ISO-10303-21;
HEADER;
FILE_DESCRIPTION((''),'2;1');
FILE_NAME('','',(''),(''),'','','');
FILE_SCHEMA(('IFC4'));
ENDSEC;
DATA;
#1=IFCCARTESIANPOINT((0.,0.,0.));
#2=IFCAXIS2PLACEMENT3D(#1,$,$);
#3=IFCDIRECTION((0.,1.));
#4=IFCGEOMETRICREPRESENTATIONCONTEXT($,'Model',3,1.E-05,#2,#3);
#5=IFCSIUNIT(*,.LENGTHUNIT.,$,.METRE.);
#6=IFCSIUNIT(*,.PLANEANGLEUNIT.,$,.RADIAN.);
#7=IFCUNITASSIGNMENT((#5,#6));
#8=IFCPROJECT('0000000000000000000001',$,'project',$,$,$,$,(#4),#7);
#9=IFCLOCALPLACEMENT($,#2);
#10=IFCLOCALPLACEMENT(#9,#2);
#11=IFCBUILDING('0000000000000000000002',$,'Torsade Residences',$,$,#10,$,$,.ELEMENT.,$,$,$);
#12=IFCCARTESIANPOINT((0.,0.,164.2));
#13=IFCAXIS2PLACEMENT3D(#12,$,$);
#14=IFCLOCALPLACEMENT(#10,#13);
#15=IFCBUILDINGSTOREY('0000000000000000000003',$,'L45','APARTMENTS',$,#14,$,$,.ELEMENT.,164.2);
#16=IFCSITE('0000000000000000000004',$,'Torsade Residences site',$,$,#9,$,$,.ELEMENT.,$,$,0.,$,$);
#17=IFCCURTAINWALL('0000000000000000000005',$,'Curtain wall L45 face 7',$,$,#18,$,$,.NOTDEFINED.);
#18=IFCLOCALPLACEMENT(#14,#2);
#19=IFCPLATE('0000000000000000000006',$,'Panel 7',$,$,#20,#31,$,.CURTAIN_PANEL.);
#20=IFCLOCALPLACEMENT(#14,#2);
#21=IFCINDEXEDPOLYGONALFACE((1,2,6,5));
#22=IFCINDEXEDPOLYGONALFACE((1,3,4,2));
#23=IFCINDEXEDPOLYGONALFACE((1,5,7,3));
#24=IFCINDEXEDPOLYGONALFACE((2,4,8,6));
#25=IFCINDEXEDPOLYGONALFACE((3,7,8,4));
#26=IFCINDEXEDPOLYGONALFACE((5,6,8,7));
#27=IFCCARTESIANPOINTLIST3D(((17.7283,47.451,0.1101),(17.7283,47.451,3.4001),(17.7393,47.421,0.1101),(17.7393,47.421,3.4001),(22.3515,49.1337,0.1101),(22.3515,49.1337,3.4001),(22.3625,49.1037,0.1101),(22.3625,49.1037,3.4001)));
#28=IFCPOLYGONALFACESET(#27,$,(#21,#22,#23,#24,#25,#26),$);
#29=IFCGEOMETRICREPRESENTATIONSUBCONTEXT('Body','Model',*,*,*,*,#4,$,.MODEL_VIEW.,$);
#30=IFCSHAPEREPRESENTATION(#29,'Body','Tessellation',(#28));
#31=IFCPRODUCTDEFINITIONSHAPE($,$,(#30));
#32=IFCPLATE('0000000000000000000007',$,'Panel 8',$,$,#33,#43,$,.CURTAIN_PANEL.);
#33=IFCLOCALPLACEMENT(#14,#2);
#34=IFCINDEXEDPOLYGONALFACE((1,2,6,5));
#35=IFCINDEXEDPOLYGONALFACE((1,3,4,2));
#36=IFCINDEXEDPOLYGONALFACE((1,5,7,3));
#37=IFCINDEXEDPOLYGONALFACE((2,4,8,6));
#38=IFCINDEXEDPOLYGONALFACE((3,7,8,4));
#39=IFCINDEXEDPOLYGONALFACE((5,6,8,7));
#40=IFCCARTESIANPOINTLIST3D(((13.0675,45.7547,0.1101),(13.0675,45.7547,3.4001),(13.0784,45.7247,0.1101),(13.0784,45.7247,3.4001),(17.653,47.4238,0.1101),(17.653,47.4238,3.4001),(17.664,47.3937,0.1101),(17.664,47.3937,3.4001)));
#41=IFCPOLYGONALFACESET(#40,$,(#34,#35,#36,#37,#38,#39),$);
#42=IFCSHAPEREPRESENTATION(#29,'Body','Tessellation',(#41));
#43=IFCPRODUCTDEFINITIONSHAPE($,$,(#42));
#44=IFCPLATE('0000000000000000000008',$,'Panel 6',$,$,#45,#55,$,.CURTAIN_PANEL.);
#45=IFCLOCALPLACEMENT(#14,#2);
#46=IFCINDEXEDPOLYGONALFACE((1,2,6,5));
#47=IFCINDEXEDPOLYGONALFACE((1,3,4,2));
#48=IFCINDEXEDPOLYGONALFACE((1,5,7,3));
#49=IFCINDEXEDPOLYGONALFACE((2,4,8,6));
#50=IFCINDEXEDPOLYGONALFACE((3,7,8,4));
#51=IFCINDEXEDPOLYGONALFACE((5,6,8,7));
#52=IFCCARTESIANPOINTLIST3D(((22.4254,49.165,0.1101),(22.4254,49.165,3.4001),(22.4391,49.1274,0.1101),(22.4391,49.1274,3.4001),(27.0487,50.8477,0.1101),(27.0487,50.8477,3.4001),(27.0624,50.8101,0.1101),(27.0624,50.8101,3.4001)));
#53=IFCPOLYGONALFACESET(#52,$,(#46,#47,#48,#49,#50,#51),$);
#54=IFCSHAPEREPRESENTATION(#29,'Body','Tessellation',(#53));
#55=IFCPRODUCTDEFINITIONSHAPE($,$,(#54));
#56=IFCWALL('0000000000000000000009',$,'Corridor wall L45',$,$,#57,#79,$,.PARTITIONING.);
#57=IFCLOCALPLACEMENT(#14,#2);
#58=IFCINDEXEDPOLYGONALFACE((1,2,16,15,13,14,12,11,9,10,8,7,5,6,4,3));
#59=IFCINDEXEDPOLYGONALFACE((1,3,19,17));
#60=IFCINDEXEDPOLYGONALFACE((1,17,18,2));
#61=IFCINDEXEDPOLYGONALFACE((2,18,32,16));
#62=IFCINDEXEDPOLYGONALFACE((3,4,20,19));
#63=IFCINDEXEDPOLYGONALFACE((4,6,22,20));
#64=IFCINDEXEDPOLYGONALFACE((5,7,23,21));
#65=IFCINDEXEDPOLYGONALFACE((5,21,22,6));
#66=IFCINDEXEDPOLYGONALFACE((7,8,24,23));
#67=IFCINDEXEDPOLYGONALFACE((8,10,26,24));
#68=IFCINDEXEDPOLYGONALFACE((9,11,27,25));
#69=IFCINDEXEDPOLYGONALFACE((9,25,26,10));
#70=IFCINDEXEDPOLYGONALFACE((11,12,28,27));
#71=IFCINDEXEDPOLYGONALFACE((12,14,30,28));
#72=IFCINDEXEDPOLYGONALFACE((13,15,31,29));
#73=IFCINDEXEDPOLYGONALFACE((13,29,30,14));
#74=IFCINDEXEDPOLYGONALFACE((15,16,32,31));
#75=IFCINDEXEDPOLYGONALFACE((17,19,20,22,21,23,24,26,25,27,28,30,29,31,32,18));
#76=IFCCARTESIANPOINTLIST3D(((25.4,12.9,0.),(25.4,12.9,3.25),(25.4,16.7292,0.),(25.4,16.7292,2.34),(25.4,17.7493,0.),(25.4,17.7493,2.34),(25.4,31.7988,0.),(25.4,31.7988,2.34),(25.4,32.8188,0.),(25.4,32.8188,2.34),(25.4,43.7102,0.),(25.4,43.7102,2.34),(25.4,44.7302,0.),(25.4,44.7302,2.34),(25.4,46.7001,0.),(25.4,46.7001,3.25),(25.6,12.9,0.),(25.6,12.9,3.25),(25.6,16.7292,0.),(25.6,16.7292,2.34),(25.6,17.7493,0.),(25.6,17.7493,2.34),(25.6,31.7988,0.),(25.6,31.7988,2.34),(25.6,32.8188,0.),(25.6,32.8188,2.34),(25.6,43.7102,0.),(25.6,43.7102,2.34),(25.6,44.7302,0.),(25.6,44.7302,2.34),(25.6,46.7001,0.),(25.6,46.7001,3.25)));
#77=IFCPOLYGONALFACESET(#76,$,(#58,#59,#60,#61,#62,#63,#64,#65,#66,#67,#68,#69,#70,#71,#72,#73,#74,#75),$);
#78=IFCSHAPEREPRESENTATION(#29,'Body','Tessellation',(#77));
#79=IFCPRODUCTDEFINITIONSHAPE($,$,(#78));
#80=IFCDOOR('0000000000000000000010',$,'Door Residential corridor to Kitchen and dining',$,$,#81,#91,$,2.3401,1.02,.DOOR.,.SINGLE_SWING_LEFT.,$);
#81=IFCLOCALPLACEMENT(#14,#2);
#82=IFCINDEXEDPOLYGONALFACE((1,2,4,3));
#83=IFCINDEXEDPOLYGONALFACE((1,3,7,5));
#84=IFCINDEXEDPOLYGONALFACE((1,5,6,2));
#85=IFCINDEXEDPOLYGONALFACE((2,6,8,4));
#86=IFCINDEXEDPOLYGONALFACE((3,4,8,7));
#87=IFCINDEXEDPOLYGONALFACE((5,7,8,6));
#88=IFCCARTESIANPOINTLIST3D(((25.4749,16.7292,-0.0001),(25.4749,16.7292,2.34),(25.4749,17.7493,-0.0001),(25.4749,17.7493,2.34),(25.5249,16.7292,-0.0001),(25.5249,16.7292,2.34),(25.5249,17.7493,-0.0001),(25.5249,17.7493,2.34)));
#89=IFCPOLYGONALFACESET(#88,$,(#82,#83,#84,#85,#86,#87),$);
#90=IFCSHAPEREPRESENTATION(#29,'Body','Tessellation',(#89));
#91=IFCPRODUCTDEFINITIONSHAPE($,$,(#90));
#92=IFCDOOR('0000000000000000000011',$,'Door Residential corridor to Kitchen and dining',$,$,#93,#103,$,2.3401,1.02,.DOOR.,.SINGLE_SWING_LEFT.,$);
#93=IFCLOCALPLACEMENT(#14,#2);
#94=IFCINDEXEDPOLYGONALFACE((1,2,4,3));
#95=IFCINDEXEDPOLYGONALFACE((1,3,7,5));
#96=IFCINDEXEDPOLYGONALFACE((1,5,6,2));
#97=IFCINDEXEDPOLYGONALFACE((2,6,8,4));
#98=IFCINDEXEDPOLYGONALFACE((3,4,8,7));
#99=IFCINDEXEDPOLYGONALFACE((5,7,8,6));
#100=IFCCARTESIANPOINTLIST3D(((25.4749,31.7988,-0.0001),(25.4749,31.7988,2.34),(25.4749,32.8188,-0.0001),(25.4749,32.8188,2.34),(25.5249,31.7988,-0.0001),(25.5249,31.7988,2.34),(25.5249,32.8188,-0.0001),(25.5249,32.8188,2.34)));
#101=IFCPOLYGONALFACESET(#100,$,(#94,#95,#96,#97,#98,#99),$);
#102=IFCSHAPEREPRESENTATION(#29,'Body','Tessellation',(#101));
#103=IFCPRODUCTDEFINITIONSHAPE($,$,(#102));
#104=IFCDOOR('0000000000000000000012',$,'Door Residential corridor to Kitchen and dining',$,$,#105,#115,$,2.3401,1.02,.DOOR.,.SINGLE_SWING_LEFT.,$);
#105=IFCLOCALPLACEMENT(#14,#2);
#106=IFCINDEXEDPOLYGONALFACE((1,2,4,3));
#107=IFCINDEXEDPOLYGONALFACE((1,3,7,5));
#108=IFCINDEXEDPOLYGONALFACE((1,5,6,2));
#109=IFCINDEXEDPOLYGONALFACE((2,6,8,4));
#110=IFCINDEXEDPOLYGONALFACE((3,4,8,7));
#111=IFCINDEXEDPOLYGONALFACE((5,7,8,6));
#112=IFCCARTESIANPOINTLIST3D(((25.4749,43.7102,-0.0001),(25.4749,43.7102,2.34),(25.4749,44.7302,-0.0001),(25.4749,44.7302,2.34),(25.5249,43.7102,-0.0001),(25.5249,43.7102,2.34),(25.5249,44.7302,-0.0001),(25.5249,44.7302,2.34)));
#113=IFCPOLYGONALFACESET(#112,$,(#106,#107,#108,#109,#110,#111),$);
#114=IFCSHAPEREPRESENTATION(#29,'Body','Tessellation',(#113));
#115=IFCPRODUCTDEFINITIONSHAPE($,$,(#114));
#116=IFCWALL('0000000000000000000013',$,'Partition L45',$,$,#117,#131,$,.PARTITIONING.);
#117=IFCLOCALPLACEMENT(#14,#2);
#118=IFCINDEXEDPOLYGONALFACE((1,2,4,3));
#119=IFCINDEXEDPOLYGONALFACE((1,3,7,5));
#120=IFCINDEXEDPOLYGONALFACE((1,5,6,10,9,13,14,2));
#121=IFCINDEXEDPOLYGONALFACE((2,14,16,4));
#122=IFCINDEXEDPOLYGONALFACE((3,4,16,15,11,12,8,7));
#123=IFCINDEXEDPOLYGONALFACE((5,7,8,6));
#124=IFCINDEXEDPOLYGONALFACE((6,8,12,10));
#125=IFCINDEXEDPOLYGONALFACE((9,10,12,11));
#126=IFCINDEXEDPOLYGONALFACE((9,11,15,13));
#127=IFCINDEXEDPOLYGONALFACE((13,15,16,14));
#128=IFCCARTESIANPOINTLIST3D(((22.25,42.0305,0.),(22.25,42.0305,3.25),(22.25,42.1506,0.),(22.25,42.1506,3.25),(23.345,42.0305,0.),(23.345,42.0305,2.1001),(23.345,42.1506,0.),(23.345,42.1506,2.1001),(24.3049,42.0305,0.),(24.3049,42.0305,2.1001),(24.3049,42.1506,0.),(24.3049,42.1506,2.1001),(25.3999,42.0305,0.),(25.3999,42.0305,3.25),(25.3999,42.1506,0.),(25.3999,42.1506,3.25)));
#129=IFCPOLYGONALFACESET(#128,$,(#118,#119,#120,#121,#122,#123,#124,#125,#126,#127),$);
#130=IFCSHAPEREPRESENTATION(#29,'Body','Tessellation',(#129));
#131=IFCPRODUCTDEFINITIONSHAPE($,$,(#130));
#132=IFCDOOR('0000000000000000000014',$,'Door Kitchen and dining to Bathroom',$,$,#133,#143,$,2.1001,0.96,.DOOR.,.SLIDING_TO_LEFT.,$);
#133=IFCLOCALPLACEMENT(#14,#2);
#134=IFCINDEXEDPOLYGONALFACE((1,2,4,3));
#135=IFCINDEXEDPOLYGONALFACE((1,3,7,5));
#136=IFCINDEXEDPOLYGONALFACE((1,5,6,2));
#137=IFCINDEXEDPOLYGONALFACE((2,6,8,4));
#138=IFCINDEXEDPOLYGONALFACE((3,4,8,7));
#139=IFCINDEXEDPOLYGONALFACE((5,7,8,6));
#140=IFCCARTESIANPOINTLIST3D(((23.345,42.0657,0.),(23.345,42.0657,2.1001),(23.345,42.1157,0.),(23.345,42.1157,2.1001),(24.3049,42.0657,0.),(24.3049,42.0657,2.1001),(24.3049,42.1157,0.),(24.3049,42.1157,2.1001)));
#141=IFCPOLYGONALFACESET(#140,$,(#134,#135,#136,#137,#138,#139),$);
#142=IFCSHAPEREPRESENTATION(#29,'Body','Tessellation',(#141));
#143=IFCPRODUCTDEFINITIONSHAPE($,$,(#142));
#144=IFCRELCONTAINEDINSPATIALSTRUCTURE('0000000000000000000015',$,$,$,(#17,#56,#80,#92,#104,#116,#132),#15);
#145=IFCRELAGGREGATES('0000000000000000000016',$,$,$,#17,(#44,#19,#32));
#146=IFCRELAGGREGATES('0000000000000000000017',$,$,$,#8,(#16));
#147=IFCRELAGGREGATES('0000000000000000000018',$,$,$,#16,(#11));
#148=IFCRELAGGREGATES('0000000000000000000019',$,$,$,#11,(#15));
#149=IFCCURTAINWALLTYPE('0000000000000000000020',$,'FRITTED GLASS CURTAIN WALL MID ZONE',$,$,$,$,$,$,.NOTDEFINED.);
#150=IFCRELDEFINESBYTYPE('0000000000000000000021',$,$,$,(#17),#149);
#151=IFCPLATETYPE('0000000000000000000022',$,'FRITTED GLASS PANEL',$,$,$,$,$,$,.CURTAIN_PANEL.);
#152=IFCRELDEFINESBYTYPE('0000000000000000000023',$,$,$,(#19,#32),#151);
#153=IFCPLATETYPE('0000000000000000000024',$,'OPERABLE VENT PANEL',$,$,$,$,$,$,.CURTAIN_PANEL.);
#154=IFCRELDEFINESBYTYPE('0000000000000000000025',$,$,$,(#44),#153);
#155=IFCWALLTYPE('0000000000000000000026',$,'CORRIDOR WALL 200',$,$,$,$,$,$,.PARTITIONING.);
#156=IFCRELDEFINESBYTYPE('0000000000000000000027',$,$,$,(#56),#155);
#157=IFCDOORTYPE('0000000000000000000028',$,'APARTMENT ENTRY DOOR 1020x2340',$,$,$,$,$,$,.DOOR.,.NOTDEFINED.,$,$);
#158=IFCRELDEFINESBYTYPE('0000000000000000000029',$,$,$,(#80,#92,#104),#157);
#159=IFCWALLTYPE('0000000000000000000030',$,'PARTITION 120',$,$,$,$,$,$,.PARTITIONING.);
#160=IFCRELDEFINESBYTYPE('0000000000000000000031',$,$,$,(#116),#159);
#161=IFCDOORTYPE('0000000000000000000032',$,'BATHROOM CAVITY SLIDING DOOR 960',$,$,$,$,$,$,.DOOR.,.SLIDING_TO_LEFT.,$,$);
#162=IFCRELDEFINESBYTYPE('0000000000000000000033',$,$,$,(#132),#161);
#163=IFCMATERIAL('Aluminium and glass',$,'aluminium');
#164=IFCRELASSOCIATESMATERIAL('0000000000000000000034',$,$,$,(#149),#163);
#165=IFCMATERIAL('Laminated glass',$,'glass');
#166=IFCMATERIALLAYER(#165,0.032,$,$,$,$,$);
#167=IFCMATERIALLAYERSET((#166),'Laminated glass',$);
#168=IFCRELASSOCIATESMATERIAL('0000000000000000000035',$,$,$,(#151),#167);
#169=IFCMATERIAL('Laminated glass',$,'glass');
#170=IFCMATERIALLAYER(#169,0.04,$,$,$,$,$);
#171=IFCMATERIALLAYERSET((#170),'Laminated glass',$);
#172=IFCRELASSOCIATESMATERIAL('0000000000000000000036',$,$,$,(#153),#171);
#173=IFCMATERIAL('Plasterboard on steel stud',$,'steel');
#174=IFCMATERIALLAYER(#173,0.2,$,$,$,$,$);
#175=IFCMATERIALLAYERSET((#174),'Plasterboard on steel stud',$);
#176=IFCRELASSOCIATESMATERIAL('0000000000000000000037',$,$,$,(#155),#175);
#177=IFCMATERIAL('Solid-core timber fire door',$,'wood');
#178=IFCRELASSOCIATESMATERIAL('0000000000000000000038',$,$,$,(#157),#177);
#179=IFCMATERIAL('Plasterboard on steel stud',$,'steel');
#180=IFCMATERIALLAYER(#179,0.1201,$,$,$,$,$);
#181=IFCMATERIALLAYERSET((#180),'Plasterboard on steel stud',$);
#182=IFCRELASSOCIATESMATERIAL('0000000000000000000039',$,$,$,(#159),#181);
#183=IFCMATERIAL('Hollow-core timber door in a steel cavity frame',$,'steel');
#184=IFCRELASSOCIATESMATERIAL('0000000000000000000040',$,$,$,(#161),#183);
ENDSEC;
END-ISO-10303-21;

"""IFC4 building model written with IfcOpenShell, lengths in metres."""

from ifc_helpers import new_model, si_unit, direction, frame, frame_2d, origin, origin_2d, place, context, subcontext, project, spatial, rectangle, extrude, material, layer, layer_set, type_object, element, fill, aggregate, save


model = new_model("IFC4")

# Units and contexts
model_context = context("Model", 3, precision=1e-05, world=origin(), true_north=direction((0.0, 1.0)))
body_context = subcontext(model_context, "Body", "Model", "MODEL_VIEW")
ifc_project = project(units=[si_unit("LENGTHUNIT", "METRE"), si_unit("PLANEANGLEUNIT", "RADIAN")], contexts=[model_context])

# Site, building, storey
site_placement = place(None, origin())
site = spatial("IfcSite", under=ifc_project, at=site_placement, Name="Torsade Residences site", CompositionType="ELEMENT", RefElevation=0.0)
building_placement = place(site_placement, origin())
building = spatial("IfcBuilding", under=site, at=building_placement, Name="Torsade Residences", CompositionType="ELEMENT")
storey_placement = place(building_placement, frame((0.0, 0.0, 164.2)))
storey = spatial("IfcBuildingStorey", under=building, at=storey_placement, Name="L45", Description="APARTMENTS", CompositionType="ELEMENT", Elevation=164.2)

# Curtain wall
ifc_material_1 = material(Name="Aluminium and glass", Category="aluminium")
curtain_wall_type = type_object("IfcCurtainWallType", Name="FRITTED GLASS CURTAIN WALL MID ZONE", PredefinedType="NOTDEFINED", material=ifc_material_1)
curtain_wall_placement = place(storey_placement, origin())
curtain_wall = element("IfcCurtainWall", 1, at=curtain_wall_placement, inside=storey, type_object=curtain_wall_type, Name="Curtain wall L45 face 7", PredefinedType="NOTDEFINED")

# Plates
ifc_material_2 = material(Name="Laminated glass", Category="glass")
ifc_layer_1 = layer(ifc_material_2, 0.032)
ifc_layer_set_1 = layer_set([ifc_layer_1], Name="Laminated glass")
plate_type_1 = type_object("IfcPlateType", Name="FRITTED GLASS PANEL", PredefinedType="CURTAIN_PANEL", material=ifc_layer_set_1)
plate_1_placement = place(storey_placement, frame((20.0454, 48.2773, 0.1101), z_axis=(0.0, 0.0, 1.0), x_axis=(-0.939693, -0.34202, 0.0)))
plate_1 = element("IfcPlate", 2, at=plate_1_placement, type_object=plate_type_1, Name="Panel 7", PredefinedType="CURTAIN_PANEL", context=body_context, shape_type="SweptSolid", body=[
    extrude(rectangle(XDim=4.9199, YDim=0.032, at=origin_2d()), origin(), (0.0, 0.0, 1.0), 3.29),
])
plate_2_placement = place(storey_placement, frame((15.3657, 46.5742, 0.1101), z_axis=(0.0, 0.0, 1.0), x_axis=(-0.939693, -0.34202, 0.0)))
plate_2 = element("IfcPlate", 3, at=plate_2_placement, type_object=plate_type_1, Name="Panel 8", PredefinedType="CURTAIN_PANEL", context=body_context, shape_type="SweptSolid", body=[
    extrude(rectangle(XDim=4.8799, YDim=0.032, at=origin_2d()), origin(), (0.0, 0.0, 1.0), 3.29),
])
ifc_material_3 = material(Name="Laminated glass", Category="glass")
ifc_layer_2 = layer(ifc_material_3, 0.04)
ifc_layer_set_2 = layer_set([ifc_layer_2], Name="Laminated glass")
plate_type_2 = type_object("IfcPlateType", Name="OPERABLE VENT PANEL", PredefinedType="CURTAIN_PANEL", material=ifc_layer_set_2)
plate_3_placement = place(storey_placement, frame((24.7439, 49.9875, 0.1101), z_axis=(0.0, 0.0, 1.0), x_axis=(-0.939693, -0.34202, 0.0)))
plate_3 = element("IfcPlate", 4, at=plate_3_placement, type_object=plate_type_2, Name="Panel 6", PredefinedType="CURTAIN_PANEL", context=body_context, shape_type="SweptSolid", body=[
    extrude(rectangle(XDim=4.9199, YDim=0.04, at=origin_2d()), origin(), (0.0, 0.0, 1.0), 3.29),
])
aggregate(curtain_wall, [plate_3, plate_1, plate_2])

# Wall, openings, doors
ifc_material_4 = material(Name="Plasterboard on steel stud", Category="steel")
ifc_layer_3 = layer(ifc_material_4, 0.2)
ifc_layer_set_3 = layer_set([ifc_layer_3], Name="Plasterboard on steel stud")
wall_type_1 = type_object("IfcWallType", Name="CORRIDOR WALL 200", PredefinedType="PARTITIONING", material=ifc_layer_set_3)
wall_1_placement = place(storey_placement, frame((25.5, 46.7, 0.0), z_axis=(0.0, 0.0, 1.0), x_axis=(0.0, -1.0, 0.0)))
wall_1 = element("IfcWall", 5, at=wall_1_placement, inside=storey, type_object=wall_type_1, Name="Corridor wall L45", PredefinedType="PARTITIONING", context=body_context, shape_type="SweptSolid", body=[
    extrude(rectangle(XDim=33.8, YDim=0.2, at=frame_2d((16.8999, 0.0))), origin(), (0.0, 0.0, 1.0), 3.25),
])
opening_1_placement = place(wall_1_placement, frame((28.9507, 0.0, 0.0)))
opening_1 = element("IfcOpeningElement", 6, at=opening_1_placement, cuts=wall_1, PredefinedType="OPENING", context=body_context, shape_type="SweptSolid", body=[
    extrude(rectangle(XDim=1.02, YDim=2.3401, at=frame_2d((0.51, 1.1699))), frame((0.0, 0.1099, 0.0), z_axis=(0.0, -1.0, 0.0), x_axis=(1.0, 0.0, 0.0)), (0.0, 0.0, 1.0), 0.22),
])
opening_2_placement = place(wall_1_placement, frame((13.8811, 0.0, 0.0)))
opening_2 = element("IfcOpeningElement", 7, at=opening_2_placement, cuts=wall_1, PredefinedType="OPENING", context=body_context, shape_type="SweptSolid", body=[
    extrude(rectangle(XDim=1.02, YDim=2.3401, at=frame_2d((0.51, 1.1699))), frame((0.0, 0.1099, 0.0), z_axis=(0.0, -1.0, 0.0), x_axis=(1.0, 0.0, 0.0)), (0.0, 0.0, 1.0), 0.22),
])
opening_3_placement = place(wall_1_placement, frame((1.9697, 0.0, 0.0)))
opening_3 = element("IfcOpeningElement", 8, at=opening_3_placement, cuts=wall_1, PredefinedType="OPENING", context=body_context, shape_type="SweptSolid", body=[
    extrude(rectangle(XDim=1.02, YDim=2.3401, at=frame_2d((0.51, 1.1699))), frame((0.0, 0.1099, 0.0), z_axis=(0.0, -1.0, 0.0), x_axis=(1.0, 0.0, 0.0)), (0.0, 0.0, 1.0), 0.22),
])
ifc_material_5 = material(Name="Solid-core timber fire door", Category="wood")
door_type_1 = type_object("IfcDoorType", Name="APARTMENT ENTRY DOOR 1020x2340", OperationType="NOTDEFINED", PredefinedType="DOOR", material=ifc_material_5)
door_1_placement = place(opening_1_placement, origin())
door_1 = element("IfcDoor", 9, at=door_1_placement, inside=storey, type_object=door_type_1, Name="Door Residential corridor to Kitchen and dining", OperationType="SINGLE_SWING_LEFT", OverallHeight=2.3401, OverallWidth=1.02, PredefinedType="DOOR", context=body_context, shape_type="SweptSolid", body=[
    extrude(rectangle(XDim=1.02, YDim=2.3401, at=frame_2d((0.51, 1.1699))), frame((0.0, 0.0249, 0.0), z_axis=(0.0, -1.0, 0.0), x_axis=(1.0, 0.0, 0.0)), (0.0, 0.0, 1.0), 0.05),
])
fill(opening_1, door_1)
door_2_placement = place(opening_2_placement, origin())
door_2 = element("IfcDoor", 10, at=door_2_placement, inside=storey, type_object=door_type_1, Name="Door Residential corridor to Kitchen and dining", OperationType="SINGLE_SWING_LEFT", OverallHeight=2.3401, OverallWidth=1.02, PredefinedType="DOOR", context=body_context, shape_type="SweptSolid", body=[
    extrude(rectangle(XDim=1.02, YDim=2.3401, at=frame_2d((0.51, 1.1699))), frame((0.0, 0.0249, 0.0), z_axis=(0.0, -1.0, 0.0), x_axis=(1.0, 0.0, 0.0)), (0.0, 0.0, 1.0), 0.05),
])
fill(opening_2, door_2)
door_3_placement = place(opening_3_placement, origin())
door_3 = element("IfcDoor", 11, at=door_3_placement, inside=storey, type_object=door_type_1, Name="Door Residential corridor to Kitchen and dining", OperationType="SINGLE_SWING_LEFT", OverallHeight=2.3401, OverallWidth=1.02, PredefinedType="DOOR", context=body_context, shape_type="SweptSolid", body=[
    extrude(rectangle(XDim=1.02, YDim=2.3401, at=frame_2d((0.51, 1.1699))), frame((0.0, 0.0249, 0.0), z_axis=(0.0, -1.0, 0.0), x_axis=(1.0, 0.0, 0.0)), (0.0, 0.0, 1.0), 0.05),
])
fill(opening_3, door_3)

# Wall, opening, door
ifc_material_6 = material(Name="Plasterboard on steel stud", Category="steel")
ifc_layer_4 = layer(ifc_material_6, 0.1201)
ifc_layer_set_4 = layer_set([ifc_layer_4], Name="Plasterboard on steel stud")
wall_type_2 = type_object("IfcWallType", Name="PARTITION 120", PredefinedType="PARTITIONING", material=ifc_layer_set_4)
wall_2_placement = place(storey_placement, frame((25.3999, 42.0906, 0.0), z_axis=(0.0, 0.0, 1.0), x_axis=(-1.0, 0.0, 0.0)))
wall_2 = element("IfcWall", 12, at=wall_2_placement, inside=storey, type_object=wall_type_2, Name="Partition L45", PredefinedType="PARTITIONING", context=body_context, shape_type="SweptSolid", body=[
    extrude(rectangle(XDim=3.1499, YDim=0.1201, at=frame_2d((1.575, 0.0))), origin(), (0.0, 0.0, 1.0), 3.25),
])
opening_4_placement = place(wall_2_placement, frame((1.095, 0.0, 0.0)))
opening_4 = element("IfcOpeningElement", 13, at=opening_4_placement, cuts=wall_2, PredefinedType="OPENING", context=body_context, shape_type="SweptSolid", body=[
    extrude(rectangle(XDim=0.96, YDim=2.1001, at=frame_2d((0.48, 1.05))), frame((0.0, 0.0701, 0.0), z_axis=(0.0, -1.0, 0.0), x_axis=(1.0, 0.0, 0.0)), (0.0, 0.0, 1.0), 0.1401),
])
ifc_material_7 = material(Name="Hollow-core timber door in a steel cavity frame", Category="steel")
door_type_2 = type_object("IfcDoorType", Name="BATHROOM CAVITY SLIDING DOOR 960", OperationType="SLIDING_TO_LEFT", PredefinedType="DOOR", material=ifc_material_7)
door_4_placement = place(opening_4_placement, origin())
door_4 = element("IfcDoor", 14, at=door_4_placement, inside=storey, type_object=door_type_2, Name="Door Kitchen and dining to Bathroom", OperationType="SLIDING_TO_LEFT", OverallHeight=2.1001, OverallWidth=0.96, PredefinedType="DOOR", context=body_context, shape_type="SweptSolid", body=[
    extrude(rectangle(XDim=0.96, YDim=2.1001, at=frame_2d((0.48, 1.05))), frame((0.0, 0.0249, 0.0), z_axis=(0.0, -1.0, 0.0), x_axis=(1.0, 0.0, 0.0)), (0.0, 0.0, 1.0), 0.05),
])
fill(opening_4, door_4)

save(model, "model.ifc")
